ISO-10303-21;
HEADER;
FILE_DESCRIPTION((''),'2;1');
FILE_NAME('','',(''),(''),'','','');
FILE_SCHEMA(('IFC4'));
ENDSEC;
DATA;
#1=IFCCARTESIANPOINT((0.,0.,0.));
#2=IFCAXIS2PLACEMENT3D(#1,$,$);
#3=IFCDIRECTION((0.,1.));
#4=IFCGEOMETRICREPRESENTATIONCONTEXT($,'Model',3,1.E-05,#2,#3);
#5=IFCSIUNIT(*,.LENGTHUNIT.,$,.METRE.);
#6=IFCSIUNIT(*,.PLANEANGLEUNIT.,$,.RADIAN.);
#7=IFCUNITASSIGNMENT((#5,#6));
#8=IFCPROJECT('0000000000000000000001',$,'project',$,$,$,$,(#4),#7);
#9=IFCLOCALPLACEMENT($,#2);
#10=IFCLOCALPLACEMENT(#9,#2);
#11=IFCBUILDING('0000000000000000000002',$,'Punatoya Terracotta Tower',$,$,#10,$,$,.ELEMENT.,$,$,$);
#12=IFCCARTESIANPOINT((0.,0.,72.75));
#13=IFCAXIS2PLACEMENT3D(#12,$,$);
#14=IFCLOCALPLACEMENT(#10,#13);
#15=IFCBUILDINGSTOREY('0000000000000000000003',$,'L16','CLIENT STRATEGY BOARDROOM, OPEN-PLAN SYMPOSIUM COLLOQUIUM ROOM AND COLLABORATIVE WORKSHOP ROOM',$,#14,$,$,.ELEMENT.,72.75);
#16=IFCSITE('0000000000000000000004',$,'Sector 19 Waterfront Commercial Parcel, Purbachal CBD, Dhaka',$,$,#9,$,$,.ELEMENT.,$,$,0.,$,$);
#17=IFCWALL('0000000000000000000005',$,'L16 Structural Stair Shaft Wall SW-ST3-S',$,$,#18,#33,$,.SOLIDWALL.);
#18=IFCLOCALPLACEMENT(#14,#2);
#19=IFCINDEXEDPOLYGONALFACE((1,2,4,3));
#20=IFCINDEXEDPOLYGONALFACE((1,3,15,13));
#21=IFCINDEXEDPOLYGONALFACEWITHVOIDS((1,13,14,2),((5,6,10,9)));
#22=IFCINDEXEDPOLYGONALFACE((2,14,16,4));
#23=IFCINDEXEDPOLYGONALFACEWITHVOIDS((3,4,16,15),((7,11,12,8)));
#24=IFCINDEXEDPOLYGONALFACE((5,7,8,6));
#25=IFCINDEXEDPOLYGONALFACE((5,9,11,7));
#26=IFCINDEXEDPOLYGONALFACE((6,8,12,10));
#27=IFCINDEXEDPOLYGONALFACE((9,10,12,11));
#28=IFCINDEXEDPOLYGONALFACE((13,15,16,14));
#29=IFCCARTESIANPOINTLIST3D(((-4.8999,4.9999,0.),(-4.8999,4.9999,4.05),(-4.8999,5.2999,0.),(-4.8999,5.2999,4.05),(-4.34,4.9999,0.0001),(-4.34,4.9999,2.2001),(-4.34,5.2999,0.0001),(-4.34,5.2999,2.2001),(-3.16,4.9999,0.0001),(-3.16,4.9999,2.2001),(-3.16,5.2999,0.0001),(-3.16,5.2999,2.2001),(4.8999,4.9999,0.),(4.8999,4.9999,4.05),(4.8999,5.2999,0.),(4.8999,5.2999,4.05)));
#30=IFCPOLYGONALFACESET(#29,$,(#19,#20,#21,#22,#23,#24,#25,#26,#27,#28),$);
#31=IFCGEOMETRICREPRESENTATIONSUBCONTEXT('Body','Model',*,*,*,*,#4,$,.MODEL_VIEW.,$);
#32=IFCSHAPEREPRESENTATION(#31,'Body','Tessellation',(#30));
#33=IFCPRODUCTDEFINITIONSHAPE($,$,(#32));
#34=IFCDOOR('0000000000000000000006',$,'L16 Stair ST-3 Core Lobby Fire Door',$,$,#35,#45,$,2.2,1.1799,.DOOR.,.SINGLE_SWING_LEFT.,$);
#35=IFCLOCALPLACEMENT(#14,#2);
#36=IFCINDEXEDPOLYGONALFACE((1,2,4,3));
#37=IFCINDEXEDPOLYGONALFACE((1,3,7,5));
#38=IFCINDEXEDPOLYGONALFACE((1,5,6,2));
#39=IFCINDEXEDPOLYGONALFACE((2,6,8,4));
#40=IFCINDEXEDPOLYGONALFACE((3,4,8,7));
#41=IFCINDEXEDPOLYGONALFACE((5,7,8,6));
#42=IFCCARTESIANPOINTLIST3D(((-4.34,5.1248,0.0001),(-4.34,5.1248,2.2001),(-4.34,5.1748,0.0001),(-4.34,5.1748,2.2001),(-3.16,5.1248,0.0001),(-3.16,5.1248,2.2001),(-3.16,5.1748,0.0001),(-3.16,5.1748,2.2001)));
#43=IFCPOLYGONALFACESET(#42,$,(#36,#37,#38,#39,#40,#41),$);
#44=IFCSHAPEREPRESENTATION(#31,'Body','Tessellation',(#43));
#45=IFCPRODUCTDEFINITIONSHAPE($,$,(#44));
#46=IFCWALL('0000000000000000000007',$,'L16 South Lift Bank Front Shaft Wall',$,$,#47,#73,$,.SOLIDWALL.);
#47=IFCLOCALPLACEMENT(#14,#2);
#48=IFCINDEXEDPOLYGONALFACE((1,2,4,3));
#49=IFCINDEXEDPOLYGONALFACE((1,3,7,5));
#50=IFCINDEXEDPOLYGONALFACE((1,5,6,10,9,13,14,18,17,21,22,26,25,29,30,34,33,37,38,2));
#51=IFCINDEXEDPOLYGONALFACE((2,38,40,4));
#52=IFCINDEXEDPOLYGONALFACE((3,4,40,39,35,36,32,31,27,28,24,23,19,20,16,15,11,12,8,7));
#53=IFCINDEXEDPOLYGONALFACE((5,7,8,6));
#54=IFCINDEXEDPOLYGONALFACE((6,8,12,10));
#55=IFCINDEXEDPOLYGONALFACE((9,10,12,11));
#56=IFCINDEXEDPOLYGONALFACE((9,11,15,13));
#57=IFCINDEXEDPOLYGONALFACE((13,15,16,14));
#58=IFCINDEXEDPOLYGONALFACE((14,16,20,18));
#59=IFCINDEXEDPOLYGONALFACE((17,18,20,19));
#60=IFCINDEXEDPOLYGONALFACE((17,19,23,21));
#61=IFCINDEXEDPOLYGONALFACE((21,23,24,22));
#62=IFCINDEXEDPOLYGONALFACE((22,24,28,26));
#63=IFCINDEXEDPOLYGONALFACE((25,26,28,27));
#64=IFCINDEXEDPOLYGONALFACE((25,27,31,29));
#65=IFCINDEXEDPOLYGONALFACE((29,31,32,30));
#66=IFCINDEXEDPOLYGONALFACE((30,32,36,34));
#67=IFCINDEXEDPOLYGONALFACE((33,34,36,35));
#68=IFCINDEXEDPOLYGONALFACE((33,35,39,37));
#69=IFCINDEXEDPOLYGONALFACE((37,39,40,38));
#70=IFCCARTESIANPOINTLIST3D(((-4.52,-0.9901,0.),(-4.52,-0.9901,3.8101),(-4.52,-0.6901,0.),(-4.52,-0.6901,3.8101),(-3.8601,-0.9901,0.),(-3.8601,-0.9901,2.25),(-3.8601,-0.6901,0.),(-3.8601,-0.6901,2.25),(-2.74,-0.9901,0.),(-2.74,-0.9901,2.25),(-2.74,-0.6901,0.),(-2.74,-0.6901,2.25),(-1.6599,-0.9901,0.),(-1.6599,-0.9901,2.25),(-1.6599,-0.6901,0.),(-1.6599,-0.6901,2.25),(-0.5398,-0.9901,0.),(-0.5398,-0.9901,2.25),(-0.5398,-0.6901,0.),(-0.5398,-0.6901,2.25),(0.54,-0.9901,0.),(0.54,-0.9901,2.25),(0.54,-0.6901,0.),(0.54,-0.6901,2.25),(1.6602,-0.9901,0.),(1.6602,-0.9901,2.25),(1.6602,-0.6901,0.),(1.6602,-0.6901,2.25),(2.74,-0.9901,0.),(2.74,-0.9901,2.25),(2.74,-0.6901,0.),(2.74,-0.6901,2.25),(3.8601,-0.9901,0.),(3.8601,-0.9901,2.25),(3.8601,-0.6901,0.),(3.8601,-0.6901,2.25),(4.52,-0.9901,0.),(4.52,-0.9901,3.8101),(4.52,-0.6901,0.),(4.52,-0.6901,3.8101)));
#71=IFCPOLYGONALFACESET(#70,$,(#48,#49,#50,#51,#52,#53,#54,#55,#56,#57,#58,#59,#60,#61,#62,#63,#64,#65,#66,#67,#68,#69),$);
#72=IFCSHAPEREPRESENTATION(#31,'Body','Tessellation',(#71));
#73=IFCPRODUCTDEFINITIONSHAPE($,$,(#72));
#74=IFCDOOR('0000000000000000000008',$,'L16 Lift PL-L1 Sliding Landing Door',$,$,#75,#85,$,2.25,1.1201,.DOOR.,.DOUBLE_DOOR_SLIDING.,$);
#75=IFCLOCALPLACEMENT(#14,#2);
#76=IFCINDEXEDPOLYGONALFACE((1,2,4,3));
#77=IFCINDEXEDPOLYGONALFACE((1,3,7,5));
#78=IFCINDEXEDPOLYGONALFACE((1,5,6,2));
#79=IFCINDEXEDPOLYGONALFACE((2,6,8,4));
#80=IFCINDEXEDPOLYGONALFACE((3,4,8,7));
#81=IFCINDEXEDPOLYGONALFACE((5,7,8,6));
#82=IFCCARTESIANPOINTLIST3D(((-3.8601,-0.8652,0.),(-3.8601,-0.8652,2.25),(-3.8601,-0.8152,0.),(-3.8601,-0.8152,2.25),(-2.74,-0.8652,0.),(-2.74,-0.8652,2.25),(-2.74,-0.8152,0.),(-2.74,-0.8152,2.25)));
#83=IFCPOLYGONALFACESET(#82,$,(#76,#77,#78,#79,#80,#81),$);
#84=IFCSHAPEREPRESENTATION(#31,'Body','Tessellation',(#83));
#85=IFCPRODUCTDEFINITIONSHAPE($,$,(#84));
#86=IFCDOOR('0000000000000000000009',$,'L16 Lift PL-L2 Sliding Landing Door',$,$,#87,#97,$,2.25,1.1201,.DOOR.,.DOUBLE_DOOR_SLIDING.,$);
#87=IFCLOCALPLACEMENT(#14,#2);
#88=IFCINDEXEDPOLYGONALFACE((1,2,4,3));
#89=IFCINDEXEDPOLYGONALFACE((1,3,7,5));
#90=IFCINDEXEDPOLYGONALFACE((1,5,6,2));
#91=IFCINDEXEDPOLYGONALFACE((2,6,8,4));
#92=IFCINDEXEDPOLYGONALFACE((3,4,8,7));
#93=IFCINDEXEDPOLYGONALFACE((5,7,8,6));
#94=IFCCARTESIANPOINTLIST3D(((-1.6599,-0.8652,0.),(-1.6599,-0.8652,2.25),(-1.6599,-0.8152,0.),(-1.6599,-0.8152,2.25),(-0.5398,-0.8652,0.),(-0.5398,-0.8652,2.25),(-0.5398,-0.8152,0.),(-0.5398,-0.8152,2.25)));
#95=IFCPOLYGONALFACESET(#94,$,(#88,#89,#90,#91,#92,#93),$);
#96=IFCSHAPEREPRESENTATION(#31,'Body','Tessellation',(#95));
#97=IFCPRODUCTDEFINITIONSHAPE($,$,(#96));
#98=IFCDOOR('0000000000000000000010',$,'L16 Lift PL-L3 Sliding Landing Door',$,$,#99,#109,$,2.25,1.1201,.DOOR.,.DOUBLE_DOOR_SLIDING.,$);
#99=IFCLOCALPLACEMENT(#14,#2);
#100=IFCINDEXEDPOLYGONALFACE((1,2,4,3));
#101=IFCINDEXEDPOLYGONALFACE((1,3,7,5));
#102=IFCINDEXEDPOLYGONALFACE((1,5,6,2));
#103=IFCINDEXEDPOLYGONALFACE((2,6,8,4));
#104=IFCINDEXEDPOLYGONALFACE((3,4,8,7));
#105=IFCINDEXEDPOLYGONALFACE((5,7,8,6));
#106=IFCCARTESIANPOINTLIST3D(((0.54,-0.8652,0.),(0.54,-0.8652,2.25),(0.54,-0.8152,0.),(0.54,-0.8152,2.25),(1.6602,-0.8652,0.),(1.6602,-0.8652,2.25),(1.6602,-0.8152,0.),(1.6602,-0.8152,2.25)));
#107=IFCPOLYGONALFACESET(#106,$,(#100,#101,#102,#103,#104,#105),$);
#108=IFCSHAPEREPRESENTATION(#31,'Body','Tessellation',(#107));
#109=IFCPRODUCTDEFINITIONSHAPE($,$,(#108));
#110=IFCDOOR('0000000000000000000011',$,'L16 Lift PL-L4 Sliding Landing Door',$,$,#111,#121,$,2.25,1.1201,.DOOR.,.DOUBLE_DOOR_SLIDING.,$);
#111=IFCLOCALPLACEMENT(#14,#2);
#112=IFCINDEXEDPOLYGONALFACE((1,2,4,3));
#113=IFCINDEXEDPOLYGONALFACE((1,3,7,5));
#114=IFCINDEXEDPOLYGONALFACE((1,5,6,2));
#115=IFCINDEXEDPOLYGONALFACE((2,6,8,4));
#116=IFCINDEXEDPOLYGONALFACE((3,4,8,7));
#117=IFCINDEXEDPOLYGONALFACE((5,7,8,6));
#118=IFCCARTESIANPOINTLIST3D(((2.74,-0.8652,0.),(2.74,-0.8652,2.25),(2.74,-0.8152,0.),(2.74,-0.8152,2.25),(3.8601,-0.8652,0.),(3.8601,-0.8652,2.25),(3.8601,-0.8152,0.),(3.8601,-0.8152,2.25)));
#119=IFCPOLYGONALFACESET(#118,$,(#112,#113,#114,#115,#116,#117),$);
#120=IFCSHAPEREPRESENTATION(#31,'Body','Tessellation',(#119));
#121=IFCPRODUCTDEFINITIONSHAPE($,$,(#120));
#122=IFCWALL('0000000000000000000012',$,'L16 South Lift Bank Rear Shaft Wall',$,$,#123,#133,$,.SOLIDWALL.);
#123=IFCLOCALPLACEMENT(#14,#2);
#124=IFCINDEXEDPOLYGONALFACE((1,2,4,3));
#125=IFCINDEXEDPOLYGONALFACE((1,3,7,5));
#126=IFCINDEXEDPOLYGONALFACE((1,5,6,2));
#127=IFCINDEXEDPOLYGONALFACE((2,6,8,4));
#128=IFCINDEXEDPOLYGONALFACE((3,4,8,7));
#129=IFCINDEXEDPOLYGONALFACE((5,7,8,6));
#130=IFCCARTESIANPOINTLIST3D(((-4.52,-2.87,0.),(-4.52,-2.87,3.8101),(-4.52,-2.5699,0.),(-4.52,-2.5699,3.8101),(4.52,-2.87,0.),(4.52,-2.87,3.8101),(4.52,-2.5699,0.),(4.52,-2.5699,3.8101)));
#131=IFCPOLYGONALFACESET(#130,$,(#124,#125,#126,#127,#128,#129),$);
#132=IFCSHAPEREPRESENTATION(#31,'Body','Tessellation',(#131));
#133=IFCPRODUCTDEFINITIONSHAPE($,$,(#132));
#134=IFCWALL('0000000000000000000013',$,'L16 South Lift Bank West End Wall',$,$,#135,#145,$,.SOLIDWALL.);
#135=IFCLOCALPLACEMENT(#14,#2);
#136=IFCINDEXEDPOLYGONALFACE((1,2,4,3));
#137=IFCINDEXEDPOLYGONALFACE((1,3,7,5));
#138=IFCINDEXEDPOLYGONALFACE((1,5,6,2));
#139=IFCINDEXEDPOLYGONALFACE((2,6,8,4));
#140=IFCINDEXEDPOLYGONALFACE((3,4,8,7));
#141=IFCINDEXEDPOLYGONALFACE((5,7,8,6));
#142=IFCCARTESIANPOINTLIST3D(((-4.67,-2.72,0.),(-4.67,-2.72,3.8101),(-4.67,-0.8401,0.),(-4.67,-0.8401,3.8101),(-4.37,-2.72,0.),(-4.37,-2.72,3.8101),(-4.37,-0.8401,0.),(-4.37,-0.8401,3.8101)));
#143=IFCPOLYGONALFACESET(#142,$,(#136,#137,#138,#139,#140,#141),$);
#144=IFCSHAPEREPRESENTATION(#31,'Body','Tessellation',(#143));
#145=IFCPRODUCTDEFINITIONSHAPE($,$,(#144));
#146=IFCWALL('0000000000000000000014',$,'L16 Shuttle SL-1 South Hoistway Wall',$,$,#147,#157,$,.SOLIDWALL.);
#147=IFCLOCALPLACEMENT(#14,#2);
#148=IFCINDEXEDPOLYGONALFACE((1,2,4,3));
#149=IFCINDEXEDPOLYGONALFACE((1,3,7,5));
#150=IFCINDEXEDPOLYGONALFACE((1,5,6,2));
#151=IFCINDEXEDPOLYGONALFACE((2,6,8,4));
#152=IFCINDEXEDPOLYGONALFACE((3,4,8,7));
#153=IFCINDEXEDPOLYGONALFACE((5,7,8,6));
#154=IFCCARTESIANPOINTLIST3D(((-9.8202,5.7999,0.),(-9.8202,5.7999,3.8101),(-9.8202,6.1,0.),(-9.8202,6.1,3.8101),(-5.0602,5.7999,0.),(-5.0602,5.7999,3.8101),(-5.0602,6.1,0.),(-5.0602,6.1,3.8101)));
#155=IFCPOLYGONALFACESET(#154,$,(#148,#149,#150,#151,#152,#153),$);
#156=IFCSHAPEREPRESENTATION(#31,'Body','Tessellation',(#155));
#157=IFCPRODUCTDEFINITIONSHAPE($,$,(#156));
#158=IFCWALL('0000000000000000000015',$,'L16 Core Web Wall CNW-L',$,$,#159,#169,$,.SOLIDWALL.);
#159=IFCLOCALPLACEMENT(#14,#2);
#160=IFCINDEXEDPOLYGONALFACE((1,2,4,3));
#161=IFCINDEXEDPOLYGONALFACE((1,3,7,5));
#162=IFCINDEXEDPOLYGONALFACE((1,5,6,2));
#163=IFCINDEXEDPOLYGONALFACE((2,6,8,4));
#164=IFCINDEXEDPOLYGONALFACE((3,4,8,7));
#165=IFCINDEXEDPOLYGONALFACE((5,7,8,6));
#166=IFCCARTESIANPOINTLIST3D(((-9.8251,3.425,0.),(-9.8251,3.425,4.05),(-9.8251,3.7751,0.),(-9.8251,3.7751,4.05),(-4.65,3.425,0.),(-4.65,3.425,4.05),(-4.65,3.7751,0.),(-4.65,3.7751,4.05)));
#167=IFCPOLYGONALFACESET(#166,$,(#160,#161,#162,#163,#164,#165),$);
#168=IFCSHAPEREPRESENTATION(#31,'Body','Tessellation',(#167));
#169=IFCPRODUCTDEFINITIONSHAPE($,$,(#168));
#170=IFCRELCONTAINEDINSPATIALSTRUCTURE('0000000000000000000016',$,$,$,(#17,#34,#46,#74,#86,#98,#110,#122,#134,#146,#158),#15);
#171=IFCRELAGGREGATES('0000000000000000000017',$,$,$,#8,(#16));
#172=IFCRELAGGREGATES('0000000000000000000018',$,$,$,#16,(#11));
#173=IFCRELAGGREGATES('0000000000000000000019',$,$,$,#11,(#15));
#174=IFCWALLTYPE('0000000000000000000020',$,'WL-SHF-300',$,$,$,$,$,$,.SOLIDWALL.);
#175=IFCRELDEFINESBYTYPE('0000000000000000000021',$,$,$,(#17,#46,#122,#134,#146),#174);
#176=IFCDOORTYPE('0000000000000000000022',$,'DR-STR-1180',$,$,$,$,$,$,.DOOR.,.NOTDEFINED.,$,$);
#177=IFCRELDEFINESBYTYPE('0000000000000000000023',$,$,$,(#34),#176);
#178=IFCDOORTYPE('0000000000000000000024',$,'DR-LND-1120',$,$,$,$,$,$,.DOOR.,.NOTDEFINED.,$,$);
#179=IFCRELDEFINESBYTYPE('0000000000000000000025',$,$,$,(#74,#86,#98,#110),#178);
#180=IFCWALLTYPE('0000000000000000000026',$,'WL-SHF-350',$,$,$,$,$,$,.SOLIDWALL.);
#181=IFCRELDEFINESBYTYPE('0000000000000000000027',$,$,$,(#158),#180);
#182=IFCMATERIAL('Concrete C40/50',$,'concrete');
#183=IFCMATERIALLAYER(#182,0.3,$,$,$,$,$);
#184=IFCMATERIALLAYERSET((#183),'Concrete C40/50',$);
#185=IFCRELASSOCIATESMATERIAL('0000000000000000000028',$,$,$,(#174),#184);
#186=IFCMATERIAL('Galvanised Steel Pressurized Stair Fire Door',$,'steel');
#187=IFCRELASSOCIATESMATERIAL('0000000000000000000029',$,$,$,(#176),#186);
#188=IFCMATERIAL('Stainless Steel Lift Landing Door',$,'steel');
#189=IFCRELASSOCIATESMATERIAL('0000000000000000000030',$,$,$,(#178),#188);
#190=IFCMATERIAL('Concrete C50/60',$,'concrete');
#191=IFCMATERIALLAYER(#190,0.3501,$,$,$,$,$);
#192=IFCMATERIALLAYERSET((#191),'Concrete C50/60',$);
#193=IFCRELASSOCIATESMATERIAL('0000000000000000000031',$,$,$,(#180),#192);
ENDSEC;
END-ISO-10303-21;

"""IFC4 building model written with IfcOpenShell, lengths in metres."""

from ifc_helpers import new_model, si_unit, direction, frame, frame_2d, origin, place, context, subcontext, project, spatial, rectangle, extrude, material, layer, layer_set, type_object, element, fill, save


model = new_model("IFC4")

# Units and contexts
model_context = context("Model", 3, precision=1e-05, world=origin(), true_north=direction((0.0, 1.0)))
body_context = subcontext(model_context, "Body", "Model", "MODEL_VIEW")
ifc_project = project(units=[si_unit("LENGTHUNIT", "METRE"), si_unit("PLANEANGLEUNIT", "RADIAN")], contexts=[model_context])

# Site, building, storey
site_placement = place(None, origin())
site = spatial("IfcSite", under=ifc_project, at=site_placement, Name="Sector 19 Waterfront Commercial Parcel, Purbachal CBD, Dhaka", CompositionType="ELEMENT", RefElevation=0.0)
building_placement = place(site_placement, origin())
building = spatial("IfcBuilding", under=site, at=building_placement, Name="Punatoya Terracotta Tower", CompositionType="ELEMENT")
storey_placement = place(building_placement, frame((0.0, 0.0, 72.75)))
storey = spatial("IfcBuildingStorey", under=building, at=storey_placement, Name="L16", Description="CLIENT STRATEGY BOARDROOM, OPEN-PLAN SYMPOSIUM COLLOQUIUM ROOM AND COLLABORATIVE WORKSHOP ROOM", CompositionType="ELEMENT", Elevation=72.75)

# Shared definitions
ifc_material_1 = material(Name="Concrete C40/50", Category="concrete")

# Shared definitions
ifc_layer_1 = layer(ifc_material_1, 0.3)
ifc_layer_set_1 = layer_set([ifc_layer_1], Name="Concrete C40/50")
wall_type_1 = type_object("IfcWallType", Name="WL-SHF-300", PredefinedType="SOLIDWALL", material=ifc_layer_set_1)

# Wall, opening, door
wall_1_placement = place(storey_placement, frame((-4.8999, 5.1499, 0.0), z_axis=(0.0, 0.0, 1.0), x_axis=(1.0, 0.0, 0.0)))
wall_1 = element("IfcWall", 1, at=wall_1_placement, inside=storey, type_object=wall_type_1, Name="L16 Structural Stair Shaft Wall SW-ST3-S", PredefinedType="SOLIDWALL", context=body_context, shape_type="SweptSolid", body=[
    extrude(rectangle(XDim=9.7998, YDim=0.3, at=frame_2d((4.8999, 0.0))), origin(), (0.0, 0.0, 1.0), 4.05),
])
opening_1_placement = place(wall_1_placement, frame((0.5601, 0.0, 0.0)))
opening_1 = element("IfcOpeningElement", 2, at=opening_1_placement, cuts=wall_1, PredefinedType="OPENING", context=body_context, shape_type="SweptSolid", body=[
    extrude(rectangle(XDim=1.1799, YDim=2.2, at=frame_2d((0.5898, 1.1001))), frame((0.0, 0.1599, 0.0), z_axis=(0.0, -1.0, 0.0), x_axis=(1.0, 0.0, 0.0)), (0.0, 0.0, 1.0), 0.3201),
])
ifc_material_2 = material(Name="Galvanised Steel Pressurized Stair Fire Door", Category="steel")
door_type_1 = type_object("IfcDoorType", Name="DR-STR-1180", OperationType="NOTDEFINED", PredefinedType="DOOR", material=ifc_material_2)
door_1_placement = place(opening_1_placement, origin())
door_1 = element("IfcDoor", 3, at=door_1_placement, inside=storey, type_object=door_type_1, Name="L16 Stair ST-3 Core Lobby Fire Door", OperationType="SINGLE_SWING_LEFT", OverallHeight=2.2, OverallWidth=1.1799, PredefinedType="DOOR", context=body_context, shape_type="SweptSolid", body=[
    extrude(rectangle(XDim=1.1799, YDim=2.2, at=frame_2d((0.5898, 1.1001))), frame((0.0, 0.0249, 0.0), z_axis=(0.0, -1.0, 0.0), x_axis=(1.0, 0.0, 0.0)), (0.0, 0.0, 1.0), 0.05),
])
fill(opening_1, door_1)

# Wall, openings, doors
wall_2_placement = place(storey_placement, frame((-4.52, -0.8401, 0.0), z_axis=(0.0, 0.0, 1.0), x_axis=(1.0, 0.0, 0.0)))
wall_2 = element("IfcWall", 4, at=wall_2_placement, inside=storey, type_object=wall_type_1, Name="L16 South Lift Bank Front Shaft Wall", PredefinedType="SOLIDWALL", context=body_context, shape_type="SweptSolid", body=[
    extrude(rectangle(XDim=9.04, YDim=0.3, at=frame_2d((4.52, 0.0))), origin(), (0.0, 0.0, 1.0), 3.8101),
])
opening_2_placement = place(wall_2_placement, frame((0.6599, 0.0, 0.0)))
opening_2 = element("IfcOpeningElement", 5, at=opening_2_placement, cuts=wall_2, PredefinedType="OPENING", context=body_context, shape_type="SweptSolid", body=[
    extrude(rectangle(XDim=1.1201, YDim=2.25, at=frame_2d((0.5601, 1.125))), frame((0.0, 0.1599, 0.0), z_axis=(0.0, -1.0, 0.0), x_axis=(1.0, 0.0, 0.0)), (0.0, 0.0, 1.0), 0.3201),
])
opening_3_placement = place(wall_2_placement, frame((2.8601, 0.0, 0.0)))
opening_3 = element("IfcOpeningElement", 6, at=opening_3_placement, cuts=wall_2, PredefinedType="OPENING", context=body_context, shape_type="SweptSolid", body=[
    extrude(rectangle(XDim=1.1201, YDim=2.25, at=frame_2d((0.5601, 1.125))), frame((0.0, 0.1599, 0.0), z_axis=(0.0, -1.0, 0.0), x_axis=(1.0, 0.0, 0.0)), (0.0, 0.0, 1.0), 0.3201),
])
opening_4_placement = place(wall_2_placement, frame((5.0601, 0.0, 0.0)))
opening_4 = element("IfcOpeningElement", 7, at=opening_4_placement, cuts=wall_2, PredefinedType="OPENING", context=body_context, shape_type="SweptSolid", body=[
    extrude(rectangle(XDim=1.1201, YDim=2.25, at=frame_2d((0.5601, 1.125))), frame((0.0, 0.1599, 0.0), z_axis=(0.0, -1.0, 0.0), x_axis=(1.0, 0.0, 0.0)), (0.0, 0.0, 1.0), 0.3201),
])
opening_5_placement = place(wall_2_placement, frame((7.26, 0.0, 0.0)))
opening_5 = element("IfcOpeningElement", 8, at=opening_5_placement, cuts=wall_2, PredefinedType="OPENING", context=body_context, shape_type="SweptSolid", body=[
    extrude(rectangle(XDim=1.1201, YDim=2.25, at=frame_2d((0.5601, 1.125))), frame((0.0, 0.1599, 0.0), z_axis=(0.0, -1.0, 0.0), x_axis=(1.0, 0.0, 0.0)), (0.0, 0.0, 1.0), 0.3201),
])
ifc_material_3 = material(Name="Stainless Steel Lift Landing Door", Category="steel")
door_type_2 = type_object("IfcDoorType", Name="DR-LND-1120", OperationType="NOTDEFINED", PredefinedType="DOOR", material=ifc_material_3)
door_2_placement = place(opening_2_placement, origin())
door_2 = element("IfcDoor", 9, at=door_2_placement, inside=storey, type_object=door_type_2, Name="L16 Lift PL-L1 Sliding Landing Door", OperationType="DOUBLE_DOOR_SLIDING", OverallHeight=2.25, OverallWidth=1.1201, PredefinedType="DOOR", context=body_context, shape_type="SweptSolid", body=[
    extrude(rectangle(XDim=1.1201, YDim=2.25, at=frame_2d((0.5601, 1.125))), frame((0.0, 0.0249, 0.0), z_axis=(0.0, -1.0, 0.0), x_axis=(1.0, 0.0, 0.0)), (0.0, 0.0, 1.0), 0.05),
])
fill(opening_2, door_2)
door_3_placement = place(opening_3_placement, origin())
door_3 = element("IfcDoor", 10, at=door_3_placement, inside=storey, type_object=door_type_2, Name="L16 Lift PL-L2 Sliding Landing Door", OperationType="DOUBLE_DOOR_SLIDING", OverallHeight=2.25, OverallWidth=1.1201, PredefinedType="DOOR", context=body_context, shape_type="SweptSolid", body=[
    extrude(rectangle(XDim=1.1201, YDim=2.25, at=frame_2d((0.5601, 1.125))), frame((0.0, 0.0249, 0.0), z_axis=(0.0, -1.0, 0.0), x_axis=(1.0, 0.0, 0.0)), (0.0, 0.0, 1.0), 0.05),
])
fill(opening_3, door_3)
door_4_placement = place(opening_4_placement, origin())
door_4 = element("IfcDoor", 11, at=door_4_placement, inside=storey, type_object=door_type_2, Name="L16 Lift PL-L3 Sliding Landing Door", OperationType="DOUBLE_DOOR_SLIDING", OverallHeight=2.25, OverallWidth=1.1201, PredefinedType="DOOR", context=body_context, shape_type="SweptSolid", body=[
    extrude(rectangle(XDim=1.1201, YDim=2.25, at=frame_2d((0.5601, 1.125))), frame((0.0, 0.0249, 0.0), z_axis=(0.0, -1.0, 0.0), x_axis=(1.0, 0.0, 0.0)), (0.0, 0.0, 1.0), 0.05),
])
fill(opening_4, door_4)
door_5_placement = place(opening_5_placement, origin())
door_5 = element("IfcDoor", 12, at=door_5_placement, inside=storey, type_object=door_type_2, Name="L16 Lift PL-L4 Sliding Landing Door", OperationType="DOUBLE_DOOR_SLIDING", OverallHeight=2.25, OverallWidth=1.1201, PredefinedType="DOOR", context=body_context, shape_type="SweptSolid", body=[
    extrude(rectangle(XDim=1.1201, YDim=2.25, at=frame_2d((0.5601, 1.125))), frame((0.0, 0.0249, 0.0), z_axis=(0.0, -1.0, 0.0), x_axis=(1.0, 0.0, 0.0)), (0.0, 0.0, 1.0), 0.05),
])
fill(opening_5, door_5)

# Walls
wall_3_placement = place(storey_placement, frame((-4.52, -2.72, 0.0), z_axis=(0.0, 0.0, 1.0), x_axis=(1.0, 0.0, 0.0)))
element("IfcWall", 13, at=wall_3_placement, inside=storey, type_object=wall_type_1, Name="L16 South Lift Bank Rear Shaft Wall", PredefinedType="SOLIDWALL", context=body_context, shape_type="SweptSolid", body=[
    extrude(rectangle(XDim=9.04, YDim=0.3, at=frame_2d((4.52, 0.0))), origin(), (0.0, 0.0, 1.0), 3.8101),
])
wall_4_placement = place(storey_placement, frame((-4.52, -2.72, 0.0), z_axis=(0.0, 0.0, 1.0), x_axis=(0.0, 1.0, 0.0)))
element("IfcWall", 14, at=wall_4_placement, inside=storey, type_object=wall_type_1, Name="L16 South Lift Bank West End Wall", PredefinedType="SOLIDWALL", context=body_context, shape_type="SweptSolid", body=[
    extrude(rectangle(XDim=1.8799, YDim=0.3, at=frame_2d((0.9399, 0.0))), origin(), (0.0, 0.0, 1.0), 3.8101),
])
wall_5_placement = place(storey_placement, frame((-9.8201, 5.95, 0.0), z_axis=(0.0, 0.0, 1.0), x_axis=(1.0, 0.0, 0.0)))
element("IfcWall", 15, at=wall_5_placement, inside=storey, type_object=wall_type_1, Name="L16 Shuttle SL-1 South Hoistway Wall", PredefinedType="SOLIDWALL", context=body_context, shape_type="SweptSolid", body=[
    extrude(rectangle(XDim=4.76, YDim=0.3, at=frame_2d((2.3799, 0.0))), origin(), (0.0, 0.0, 1.0), 3.8101),
])
ifc_material_4 = material(Name="Concrete C50/60", Category="concrete")
ifc_layer_2 = layer(ifc_material_4, 0.3501)
ifc_layer_set_2 = layer_set([ifc_layer_2], Name="Concrete C50/60")
wall_type_2 = type_object("IfcWallType", Name="WL-SHF-350", PredefinedType="SOLIDWALL", material=ifc_layer_set_2)
wall_6_placement = place(storey_placement, frame((-9.825, 3.6001, 0.0), z_axis=(0.0, 0.0, 1.0), x_axis=(1.0, 0.0, 0.0)))
element("IfcWall", 16, at=wall_6_placement, inside=storey, type_object=wall_type_2, Name="L16 Core Web Wall CNW-L", PredefinedType="SOLIDWALL", context=body_context, shape_type="SweptSolid", body=[
    extrude(rectangle(XDim=5.175, YDim=0.3501, at=frame_2d((2.5874, 0.0))), origin(), (0.0, 0.0, 1.0), 4.05),
])

save(model, "model.ifc")
